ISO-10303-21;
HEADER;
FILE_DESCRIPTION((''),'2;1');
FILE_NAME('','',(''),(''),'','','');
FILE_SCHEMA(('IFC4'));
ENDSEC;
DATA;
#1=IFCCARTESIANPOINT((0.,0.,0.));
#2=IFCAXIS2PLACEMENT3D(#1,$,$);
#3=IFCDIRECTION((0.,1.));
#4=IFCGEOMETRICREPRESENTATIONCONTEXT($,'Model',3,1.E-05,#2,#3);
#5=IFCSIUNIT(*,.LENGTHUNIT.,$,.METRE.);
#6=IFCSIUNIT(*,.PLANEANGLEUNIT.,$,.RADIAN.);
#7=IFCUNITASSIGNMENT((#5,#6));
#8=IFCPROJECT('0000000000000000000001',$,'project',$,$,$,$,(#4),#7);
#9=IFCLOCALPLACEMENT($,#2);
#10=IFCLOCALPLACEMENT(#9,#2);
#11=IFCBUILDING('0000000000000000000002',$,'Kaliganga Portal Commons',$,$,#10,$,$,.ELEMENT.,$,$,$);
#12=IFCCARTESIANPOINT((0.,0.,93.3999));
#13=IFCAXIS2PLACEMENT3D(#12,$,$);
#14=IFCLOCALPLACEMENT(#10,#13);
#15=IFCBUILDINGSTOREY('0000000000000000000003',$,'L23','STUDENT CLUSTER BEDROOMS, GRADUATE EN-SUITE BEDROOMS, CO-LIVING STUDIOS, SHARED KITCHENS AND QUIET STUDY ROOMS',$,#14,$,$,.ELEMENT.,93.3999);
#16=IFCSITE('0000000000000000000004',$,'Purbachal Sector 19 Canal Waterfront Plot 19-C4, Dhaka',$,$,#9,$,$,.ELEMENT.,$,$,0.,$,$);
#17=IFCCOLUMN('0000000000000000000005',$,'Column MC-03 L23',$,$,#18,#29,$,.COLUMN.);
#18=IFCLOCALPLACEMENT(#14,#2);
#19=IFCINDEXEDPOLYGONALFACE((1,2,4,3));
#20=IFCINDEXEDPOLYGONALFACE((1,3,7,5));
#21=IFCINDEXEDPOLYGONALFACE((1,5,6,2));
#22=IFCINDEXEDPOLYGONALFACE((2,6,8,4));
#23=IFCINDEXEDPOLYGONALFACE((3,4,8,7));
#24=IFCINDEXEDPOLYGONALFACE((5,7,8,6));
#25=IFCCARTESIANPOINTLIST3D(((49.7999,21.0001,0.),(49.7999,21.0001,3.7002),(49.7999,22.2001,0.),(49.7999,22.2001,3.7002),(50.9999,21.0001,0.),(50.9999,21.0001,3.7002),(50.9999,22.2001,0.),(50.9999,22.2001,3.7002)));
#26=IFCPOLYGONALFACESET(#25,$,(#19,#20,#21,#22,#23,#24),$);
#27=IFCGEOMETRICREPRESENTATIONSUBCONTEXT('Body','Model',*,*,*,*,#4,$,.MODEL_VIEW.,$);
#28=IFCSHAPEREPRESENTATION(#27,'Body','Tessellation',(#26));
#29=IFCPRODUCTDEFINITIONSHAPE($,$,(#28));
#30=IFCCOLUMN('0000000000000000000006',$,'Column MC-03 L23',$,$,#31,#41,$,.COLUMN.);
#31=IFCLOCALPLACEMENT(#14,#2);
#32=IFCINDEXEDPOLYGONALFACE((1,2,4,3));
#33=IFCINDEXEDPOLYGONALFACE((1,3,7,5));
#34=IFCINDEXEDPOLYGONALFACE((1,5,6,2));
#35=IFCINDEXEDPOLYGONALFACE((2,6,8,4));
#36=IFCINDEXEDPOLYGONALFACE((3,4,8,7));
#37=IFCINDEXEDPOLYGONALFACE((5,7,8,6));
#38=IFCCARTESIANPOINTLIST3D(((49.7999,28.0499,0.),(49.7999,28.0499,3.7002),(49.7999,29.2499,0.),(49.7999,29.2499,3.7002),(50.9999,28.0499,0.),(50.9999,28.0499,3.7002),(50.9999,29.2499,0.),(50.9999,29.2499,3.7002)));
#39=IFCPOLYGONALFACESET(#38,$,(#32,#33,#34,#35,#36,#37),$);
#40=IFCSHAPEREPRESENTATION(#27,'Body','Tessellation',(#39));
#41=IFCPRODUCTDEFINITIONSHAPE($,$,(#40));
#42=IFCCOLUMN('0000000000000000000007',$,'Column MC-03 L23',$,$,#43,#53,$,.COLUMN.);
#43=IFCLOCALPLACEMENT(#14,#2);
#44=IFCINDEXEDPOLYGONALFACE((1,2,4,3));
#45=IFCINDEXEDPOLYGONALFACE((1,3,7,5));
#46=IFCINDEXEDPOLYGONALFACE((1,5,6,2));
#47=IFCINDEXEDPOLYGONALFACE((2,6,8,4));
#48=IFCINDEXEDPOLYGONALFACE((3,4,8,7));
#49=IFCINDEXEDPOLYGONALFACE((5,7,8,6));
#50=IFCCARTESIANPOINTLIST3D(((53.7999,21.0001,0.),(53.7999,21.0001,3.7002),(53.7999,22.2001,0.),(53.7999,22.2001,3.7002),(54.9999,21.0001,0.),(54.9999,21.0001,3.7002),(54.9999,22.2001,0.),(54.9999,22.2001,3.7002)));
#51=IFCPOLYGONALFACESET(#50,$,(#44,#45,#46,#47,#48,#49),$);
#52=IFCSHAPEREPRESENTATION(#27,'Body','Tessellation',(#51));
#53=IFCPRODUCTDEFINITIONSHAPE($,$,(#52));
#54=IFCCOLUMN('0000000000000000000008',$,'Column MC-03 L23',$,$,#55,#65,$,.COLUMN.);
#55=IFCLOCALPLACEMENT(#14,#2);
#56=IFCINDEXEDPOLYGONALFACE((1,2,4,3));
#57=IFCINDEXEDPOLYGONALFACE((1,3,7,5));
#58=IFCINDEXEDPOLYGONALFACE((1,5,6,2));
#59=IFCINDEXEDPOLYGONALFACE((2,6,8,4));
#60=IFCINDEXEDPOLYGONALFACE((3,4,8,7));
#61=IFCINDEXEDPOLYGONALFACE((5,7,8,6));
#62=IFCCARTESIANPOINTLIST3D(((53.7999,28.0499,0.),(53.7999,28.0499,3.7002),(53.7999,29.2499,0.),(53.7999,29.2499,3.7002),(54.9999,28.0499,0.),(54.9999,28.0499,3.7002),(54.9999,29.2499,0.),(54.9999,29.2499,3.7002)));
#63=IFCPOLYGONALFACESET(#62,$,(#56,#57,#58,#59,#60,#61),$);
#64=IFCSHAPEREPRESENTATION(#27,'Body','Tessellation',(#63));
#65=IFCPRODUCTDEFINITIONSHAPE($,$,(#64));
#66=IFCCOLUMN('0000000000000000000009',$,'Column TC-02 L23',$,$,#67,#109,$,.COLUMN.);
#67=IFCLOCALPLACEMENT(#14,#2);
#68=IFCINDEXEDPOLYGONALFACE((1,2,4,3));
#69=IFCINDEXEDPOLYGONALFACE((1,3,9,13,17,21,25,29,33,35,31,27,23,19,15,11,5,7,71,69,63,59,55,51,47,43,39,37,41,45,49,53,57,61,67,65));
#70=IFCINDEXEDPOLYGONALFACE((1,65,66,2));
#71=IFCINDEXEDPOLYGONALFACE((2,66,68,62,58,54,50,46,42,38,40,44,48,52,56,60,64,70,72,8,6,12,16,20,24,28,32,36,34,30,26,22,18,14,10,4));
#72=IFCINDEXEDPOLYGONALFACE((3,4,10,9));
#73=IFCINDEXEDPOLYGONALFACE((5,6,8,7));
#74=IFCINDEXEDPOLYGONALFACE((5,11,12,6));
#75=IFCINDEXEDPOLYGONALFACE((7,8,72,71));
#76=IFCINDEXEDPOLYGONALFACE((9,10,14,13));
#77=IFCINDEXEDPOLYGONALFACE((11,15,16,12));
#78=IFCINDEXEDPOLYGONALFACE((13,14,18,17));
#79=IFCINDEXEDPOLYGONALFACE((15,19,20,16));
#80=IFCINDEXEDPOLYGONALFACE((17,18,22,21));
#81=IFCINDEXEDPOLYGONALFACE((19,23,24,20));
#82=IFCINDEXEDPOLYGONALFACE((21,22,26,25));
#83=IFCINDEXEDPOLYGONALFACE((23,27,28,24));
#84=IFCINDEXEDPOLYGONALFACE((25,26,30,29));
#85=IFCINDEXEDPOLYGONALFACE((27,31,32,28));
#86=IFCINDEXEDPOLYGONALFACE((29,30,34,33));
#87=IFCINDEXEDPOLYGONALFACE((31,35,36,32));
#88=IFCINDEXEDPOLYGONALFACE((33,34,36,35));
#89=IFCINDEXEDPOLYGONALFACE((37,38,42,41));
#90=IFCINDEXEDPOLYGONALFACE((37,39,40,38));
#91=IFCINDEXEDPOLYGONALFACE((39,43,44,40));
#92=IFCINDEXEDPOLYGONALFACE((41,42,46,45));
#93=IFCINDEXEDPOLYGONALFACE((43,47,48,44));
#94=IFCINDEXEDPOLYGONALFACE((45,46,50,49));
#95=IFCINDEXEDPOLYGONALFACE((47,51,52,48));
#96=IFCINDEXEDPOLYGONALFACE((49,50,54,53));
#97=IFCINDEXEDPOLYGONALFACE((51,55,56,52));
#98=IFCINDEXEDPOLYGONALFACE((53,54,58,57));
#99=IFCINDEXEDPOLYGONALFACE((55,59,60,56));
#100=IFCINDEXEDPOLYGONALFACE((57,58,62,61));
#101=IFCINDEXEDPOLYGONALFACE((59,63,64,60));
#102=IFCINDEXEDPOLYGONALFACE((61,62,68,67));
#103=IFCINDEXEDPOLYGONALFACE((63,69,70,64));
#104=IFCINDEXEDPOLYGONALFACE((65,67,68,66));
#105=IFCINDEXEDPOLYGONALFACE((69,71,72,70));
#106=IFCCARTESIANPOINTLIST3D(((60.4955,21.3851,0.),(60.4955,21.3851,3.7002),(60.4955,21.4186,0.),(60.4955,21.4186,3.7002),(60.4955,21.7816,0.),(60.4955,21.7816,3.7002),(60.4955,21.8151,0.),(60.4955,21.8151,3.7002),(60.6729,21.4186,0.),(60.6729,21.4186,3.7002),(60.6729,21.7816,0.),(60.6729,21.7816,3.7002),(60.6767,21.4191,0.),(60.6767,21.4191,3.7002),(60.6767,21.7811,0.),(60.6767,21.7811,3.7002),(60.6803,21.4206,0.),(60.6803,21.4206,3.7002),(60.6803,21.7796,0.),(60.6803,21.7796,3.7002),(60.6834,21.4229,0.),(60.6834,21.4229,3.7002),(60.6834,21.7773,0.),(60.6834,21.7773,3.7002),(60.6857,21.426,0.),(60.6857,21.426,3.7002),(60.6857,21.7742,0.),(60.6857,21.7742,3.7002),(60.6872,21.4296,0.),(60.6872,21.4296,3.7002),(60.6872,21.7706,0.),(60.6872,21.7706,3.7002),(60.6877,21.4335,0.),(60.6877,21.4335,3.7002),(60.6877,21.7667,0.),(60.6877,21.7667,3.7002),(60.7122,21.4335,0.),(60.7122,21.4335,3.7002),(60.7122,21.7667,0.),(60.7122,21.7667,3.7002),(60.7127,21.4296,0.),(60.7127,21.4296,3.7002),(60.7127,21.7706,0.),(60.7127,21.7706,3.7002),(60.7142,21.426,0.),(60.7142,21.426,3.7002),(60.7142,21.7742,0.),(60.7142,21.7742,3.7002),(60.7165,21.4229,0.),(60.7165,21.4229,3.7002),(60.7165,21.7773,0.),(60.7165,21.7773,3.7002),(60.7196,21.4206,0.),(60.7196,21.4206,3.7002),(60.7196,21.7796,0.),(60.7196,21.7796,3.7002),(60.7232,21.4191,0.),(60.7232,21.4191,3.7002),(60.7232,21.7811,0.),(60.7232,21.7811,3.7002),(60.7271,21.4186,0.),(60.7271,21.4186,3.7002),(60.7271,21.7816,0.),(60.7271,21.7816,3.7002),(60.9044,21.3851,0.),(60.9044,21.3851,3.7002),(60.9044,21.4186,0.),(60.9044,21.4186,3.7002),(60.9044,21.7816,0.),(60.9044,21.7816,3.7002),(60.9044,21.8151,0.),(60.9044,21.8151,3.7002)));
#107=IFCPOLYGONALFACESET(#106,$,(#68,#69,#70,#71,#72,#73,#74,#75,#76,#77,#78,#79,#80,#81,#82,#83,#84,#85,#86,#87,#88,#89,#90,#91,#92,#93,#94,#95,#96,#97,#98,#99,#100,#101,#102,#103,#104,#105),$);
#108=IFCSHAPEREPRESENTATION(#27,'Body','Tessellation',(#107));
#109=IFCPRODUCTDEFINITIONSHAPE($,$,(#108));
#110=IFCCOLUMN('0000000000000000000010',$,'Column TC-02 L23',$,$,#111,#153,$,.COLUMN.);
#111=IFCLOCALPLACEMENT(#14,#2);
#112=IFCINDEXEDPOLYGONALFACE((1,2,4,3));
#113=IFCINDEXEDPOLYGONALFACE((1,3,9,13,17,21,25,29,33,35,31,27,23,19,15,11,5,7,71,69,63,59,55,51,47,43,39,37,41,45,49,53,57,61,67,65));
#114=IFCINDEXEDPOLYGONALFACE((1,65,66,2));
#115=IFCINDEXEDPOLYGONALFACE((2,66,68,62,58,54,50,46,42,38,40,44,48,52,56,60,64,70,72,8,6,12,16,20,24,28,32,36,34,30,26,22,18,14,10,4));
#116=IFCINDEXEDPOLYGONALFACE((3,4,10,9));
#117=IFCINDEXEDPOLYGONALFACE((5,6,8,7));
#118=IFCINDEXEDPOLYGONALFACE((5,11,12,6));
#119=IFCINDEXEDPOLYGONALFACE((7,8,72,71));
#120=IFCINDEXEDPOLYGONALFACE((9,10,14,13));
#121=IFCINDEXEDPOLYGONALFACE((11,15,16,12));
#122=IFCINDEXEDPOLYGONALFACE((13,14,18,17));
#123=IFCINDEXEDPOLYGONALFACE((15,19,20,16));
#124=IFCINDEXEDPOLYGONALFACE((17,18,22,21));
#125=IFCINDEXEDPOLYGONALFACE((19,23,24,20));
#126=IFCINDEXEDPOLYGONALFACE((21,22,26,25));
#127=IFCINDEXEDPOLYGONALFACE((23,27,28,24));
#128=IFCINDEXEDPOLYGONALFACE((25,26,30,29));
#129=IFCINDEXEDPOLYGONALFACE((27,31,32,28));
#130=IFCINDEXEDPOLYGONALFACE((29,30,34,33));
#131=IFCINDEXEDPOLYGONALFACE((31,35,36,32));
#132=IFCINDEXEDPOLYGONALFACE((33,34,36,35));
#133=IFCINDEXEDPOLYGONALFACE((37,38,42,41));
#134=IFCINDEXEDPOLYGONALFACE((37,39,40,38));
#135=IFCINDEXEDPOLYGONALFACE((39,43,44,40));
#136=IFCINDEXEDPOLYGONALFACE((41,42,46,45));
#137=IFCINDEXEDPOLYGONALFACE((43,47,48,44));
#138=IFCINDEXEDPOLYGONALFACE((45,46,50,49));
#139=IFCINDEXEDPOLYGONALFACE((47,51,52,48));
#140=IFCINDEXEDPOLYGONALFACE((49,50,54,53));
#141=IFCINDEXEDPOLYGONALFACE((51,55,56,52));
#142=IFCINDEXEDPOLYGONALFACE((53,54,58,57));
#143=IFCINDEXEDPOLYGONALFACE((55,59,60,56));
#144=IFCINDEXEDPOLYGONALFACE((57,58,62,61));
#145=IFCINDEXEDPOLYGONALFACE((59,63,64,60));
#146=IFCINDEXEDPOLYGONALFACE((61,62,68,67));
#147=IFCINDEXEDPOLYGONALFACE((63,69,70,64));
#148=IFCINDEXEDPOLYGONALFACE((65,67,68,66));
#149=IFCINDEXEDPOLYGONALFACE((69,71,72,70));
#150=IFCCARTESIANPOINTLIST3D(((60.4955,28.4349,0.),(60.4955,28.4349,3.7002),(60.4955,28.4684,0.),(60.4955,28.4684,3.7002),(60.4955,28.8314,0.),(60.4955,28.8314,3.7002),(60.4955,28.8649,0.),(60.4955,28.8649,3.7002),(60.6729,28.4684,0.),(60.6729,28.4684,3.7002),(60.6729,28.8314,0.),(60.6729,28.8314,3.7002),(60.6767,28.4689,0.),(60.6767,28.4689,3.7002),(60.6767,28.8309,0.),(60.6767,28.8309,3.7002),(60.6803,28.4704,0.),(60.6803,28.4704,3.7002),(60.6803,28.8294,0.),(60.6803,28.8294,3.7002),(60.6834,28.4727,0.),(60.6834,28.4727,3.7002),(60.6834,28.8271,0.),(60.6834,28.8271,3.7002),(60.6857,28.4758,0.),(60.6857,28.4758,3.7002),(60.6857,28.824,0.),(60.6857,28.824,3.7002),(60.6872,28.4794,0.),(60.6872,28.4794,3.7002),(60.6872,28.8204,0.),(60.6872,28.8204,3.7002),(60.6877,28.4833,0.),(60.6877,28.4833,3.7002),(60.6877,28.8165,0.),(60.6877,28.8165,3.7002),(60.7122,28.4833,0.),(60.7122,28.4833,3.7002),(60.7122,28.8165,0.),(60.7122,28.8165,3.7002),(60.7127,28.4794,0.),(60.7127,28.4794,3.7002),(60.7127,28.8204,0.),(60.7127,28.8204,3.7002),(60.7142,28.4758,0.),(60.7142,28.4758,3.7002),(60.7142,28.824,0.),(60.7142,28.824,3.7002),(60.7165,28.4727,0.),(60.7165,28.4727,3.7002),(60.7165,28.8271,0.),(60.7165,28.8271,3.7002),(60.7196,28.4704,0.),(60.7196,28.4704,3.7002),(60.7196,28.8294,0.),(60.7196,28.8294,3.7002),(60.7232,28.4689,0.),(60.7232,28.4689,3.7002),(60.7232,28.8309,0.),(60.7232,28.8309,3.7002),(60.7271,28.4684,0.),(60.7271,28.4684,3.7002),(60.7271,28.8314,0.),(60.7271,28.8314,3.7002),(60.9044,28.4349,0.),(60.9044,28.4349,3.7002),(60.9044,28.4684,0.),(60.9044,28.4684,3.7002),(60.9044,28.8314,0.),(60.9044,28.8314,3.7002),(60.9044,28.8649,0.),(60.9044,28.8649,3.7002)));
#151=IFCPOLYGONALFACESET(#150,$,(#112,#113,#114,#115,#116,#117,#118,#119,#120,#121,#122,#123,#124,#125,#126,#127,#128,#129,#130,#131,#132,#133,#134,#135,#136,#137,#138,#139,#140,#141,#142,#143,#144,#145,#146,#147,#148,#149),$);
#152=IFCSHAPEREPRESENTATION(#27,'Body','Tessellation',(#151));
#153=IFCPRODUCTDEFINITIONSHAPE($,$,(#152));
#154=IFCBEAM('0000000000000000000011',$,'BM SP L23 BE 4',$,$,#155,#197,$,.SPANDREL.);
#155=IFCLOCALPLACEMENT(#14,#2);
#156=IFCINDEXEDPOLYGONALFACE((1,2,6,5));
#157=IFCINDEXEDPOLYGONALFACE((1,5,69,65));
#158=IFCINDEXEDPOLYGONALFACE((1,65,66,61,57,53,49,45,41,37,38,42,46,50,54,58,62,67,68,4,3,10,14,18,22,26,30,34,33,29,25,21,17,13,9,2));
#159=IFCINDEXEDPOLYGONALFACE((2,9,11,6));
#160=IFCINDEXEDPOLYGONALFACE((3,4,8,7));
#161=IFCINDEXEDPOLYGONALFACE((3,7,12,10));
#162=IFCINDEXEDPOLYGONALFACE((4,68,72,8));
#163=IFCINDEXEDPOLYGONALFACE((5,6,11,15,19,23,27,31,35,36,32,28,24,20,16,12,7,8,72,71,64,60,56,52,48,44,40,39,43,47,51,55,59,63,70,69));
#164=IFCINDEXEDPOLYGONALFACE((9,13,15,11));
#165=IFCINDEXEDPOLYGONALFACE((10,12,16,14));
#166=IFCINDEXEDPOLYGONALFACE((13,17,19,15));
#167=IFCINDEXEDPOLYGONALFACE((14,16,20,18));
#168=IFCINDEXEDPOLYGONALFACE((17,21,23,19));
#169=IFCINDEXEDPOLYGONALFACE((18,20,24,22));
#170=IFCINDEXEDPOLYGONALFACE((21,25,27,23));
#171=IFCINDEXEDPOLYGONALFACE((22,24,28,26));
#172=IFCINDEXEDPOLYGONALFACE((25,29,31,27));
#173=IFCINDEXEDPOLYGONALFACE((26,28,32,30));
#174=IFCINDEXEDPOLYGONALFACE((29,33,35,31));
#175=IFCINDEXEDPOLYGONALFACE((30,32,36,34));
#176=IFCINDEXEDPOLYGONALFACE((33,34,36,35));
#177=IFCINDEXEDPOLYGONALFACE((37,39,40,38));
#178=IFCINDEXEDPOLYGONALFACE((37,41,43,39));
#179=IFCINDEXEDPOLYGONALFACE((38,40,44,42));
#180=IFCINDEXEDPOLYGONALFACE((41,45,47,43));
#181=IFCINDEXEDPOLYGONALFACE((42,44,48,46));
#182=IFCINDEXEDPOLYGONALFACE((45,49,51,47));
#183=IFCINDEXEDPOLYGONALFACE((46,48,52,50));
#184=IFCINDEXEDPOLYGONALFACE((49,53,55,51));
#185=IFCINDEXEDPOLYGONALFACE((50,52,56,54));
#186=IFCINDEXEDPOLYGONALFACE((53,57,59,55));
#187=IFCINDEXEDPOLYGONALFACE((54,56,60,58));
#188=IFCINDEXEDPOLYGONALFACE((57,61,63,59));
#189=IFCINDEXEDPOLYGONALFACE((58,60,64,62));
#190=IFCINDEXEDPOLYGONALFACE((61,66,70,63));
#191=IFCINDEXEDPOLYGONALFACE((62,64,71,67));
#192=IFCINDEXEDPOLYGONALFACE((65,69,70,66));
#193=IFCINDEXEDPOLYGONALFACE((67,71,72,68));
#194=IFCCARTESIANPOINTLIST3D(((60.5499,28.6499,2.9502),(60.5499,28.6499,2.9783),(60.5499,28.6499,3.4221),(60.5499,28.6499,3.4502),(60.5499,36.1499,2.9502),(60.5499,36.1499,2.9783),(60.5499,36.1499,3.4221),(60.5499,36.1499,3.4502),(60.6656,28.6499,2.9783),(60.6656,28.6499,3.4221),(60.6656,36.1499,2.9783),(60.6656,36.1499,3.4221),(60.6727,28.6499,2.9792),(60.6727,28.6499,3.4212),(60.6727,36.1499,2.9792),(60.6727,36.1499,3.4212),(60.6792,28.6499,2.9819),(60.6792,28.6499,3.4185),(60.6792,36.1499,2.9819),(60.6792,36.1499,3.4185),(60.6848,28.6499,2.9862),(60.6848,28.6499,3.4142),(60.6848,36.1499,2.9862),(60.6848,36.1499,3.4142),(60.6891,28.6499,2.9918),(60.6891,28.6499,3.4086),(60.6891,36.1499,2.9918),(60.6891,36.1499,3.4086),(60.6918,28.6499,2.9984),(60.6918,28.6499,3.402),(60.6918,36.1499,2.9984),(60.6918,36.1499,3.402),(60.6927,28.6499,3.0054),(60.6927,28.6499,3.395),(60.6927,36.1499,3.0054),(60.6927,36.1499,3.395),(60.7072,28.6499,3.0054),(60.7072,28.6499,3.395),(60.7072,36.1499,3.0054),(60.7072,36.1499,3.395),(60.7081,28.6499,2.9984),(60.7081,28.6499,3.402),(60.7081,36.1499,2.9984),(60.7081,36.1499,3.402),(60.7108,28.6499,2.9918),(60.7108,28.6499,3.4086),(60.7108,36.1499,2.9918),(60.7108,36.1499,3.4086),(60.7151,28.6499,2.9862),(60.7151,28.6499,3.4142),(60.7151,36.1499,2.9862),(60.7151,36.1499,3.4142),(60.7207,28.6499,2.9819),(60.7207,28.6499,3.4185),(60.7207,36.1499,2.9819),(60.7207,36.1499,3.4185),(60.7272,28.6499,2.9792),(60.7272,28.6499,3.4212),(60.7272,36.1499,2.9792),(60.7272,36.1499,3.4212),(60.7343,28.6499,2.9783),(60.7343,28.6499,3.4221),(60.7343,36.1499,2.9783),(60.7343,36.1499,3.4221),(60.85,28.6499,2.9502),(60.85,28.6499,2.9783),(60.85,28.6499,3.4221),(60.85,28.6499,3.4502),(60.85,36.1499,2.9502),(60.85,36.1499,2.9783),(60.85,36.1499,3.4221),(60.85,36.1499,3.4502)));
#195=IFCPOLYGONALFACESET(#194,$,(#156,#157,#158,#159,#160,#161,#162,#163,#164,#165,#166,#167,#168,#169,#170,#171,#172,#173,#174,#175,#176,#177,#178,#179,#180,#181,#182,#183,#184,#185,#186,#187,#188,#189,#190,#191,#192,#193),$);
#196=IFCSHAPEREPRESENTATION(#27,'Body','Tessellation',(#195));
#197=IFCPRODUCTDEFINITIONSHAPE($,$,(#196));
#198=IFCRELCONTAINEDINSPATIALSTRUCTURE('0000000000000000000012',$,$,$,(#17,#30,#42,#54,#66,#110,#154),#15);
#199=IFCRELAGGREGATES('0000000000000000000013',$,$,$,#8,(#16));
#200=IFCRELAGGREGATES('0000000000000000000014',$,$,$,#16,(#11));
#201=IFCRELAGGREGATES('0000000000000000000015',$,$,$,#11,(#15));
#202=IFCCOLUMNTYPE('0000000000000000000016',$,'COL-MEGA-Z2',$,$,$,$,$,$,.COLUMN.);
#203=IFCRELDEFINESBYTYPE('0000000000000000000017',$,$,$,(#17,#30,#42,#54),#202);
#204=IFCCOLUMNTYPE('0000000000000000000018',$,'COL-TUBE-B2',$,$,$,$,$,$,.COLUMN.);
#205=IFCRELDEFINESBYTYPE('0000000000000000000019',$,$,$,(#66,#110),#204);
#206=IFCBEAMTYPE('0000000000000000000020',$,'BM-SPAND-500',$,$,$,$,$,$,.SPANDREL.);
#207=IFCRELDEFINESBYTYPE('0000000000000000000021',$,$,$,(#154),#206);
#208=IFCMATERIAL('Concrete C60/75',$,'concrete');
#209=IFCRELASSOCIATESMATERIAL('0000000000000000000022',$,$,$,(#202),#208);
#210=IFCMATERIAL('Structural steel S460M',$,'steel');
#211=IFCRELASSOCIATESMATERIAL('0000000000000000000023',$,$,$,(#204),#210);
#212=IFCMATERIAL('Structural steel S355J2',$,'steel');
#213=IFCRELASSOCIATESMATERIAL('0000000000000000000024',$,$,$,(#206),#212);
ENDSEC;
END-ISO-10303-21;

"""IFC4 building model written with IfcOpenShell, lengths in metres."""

from ifc_helpers import new_model, si_unit, direction, frame, origin, origin_2d, place, context, subcontext, project, spatial, rectangle, i_section, extrude, source, transform, mapped, material, material_profile, profile_set, type_object, element, save


model = new_model("IFC4")

# Units and contexts
model_context = context("Model", 3, precision=1e-05, world=origin(), true_north=direction((0.0, 1.0)))
body_context = subcontext(model_context, "Body", "Model", "MODEL_VIEW")
ifc_project = project(units=[si_unit("LENGTHUNIT", "METRE"), si_unit("PLANEANGLEUNIT", "RADIAN")], contexts=[model_context])

# Site, building, storey
site_placement = place(None, origin())
site = spatial("IfcSite", under=ifc_project, at=site_placement, Name="Purbachal Sector 19 Canal Waterfront Plot 19-C4, Dhaka", CompositionType="ELEMENT", RefElevation=0.0)
building_placement = place(site_placement, origin())
building = spatial("IfcBuilding", under=site, at=building_placement, Name="Kaliganga Portal Commons", CompositionType="ELEMENT")
storey_placement = place(building_placement, frame((0.0, 0.0, 93.3999)))
storey = spatial("IfcBuildingStorey", under=building, at=storey_placement, Name="L23", Description="STUDENT CLUSTER BEDROOMS, GRADUATE EN-SUITE BEDROOMS, CO-LIVING STUDIOS, SHARED KITCHENS AND QUIET STUDY ROOMS", CompositionType="ELEMENT", Elevation=93.3999)

# Columns
ifc_material_1 = material(Name="Concrete C60/75", Category="concrete")
ifc_material_profile_1 = material_profile(ifc_material_1, rectangle(XDim=1.2, YDim=1.2, at=origin_2d()), Name="RC 1200x1200")
ifc_profile_set_1 = profile_set([ifc_material_profile_1], Name="Concrete C60/75")
column_type_1 = type_object("IfcColumnType", Name="COL-MEGA-Z2", PredefinedType="COLUMN", material=ifc_profile_set_1)
shared_shape_1 = source(origin(), body_context, "Body", "SweptSolid", [
    extrude(rectangle(XDim=1.2, YDim=1.2, at=origin_2d()), origin(), (0.0, 0.0, 1.0), 3.7002),
])
for number, where, z_axis, x_axis, name in (
    (1, (50.3999, 21.6001, 0.0), (0.0, 0.0, 1.0), (1.0, 0.0, 0.0), "Column MC-03 L23"),
    (2, (50.3999, 28.6499, 0.0), (0.0, 0.0, 1.0), (1.0, 0.0, 0.0), "Column MC-03 L23"),
    (3, (54.3999, 21.6001, 0.0), (0.0, 0.0, 1.0), (1.0, 0.0, 0.0), "Column MC-03 L23"),
    (4, (54.3999, 28.6499, 0.0), (0.0, 0.0, 1.0), (1.0, 0.0, 0.0), "Column MC-03 L23"),
):
    element("IfcColumn", number, at=place(storey_placement, frame(where, z_axis=z_axis, x_axis=x_axis)), inside=storey, type_object=column_type_1, Name=name, PredefinedType="COLUMN", context=body_context, shape_type="MappedRepresentation", body=[
        mapped(shared_shape_1, transform((0.0, 0.0, 0.0), x_axis=(1.0, 0.0, 0.0), y_axis=(0.0, 1.0, 0.0), z_axis=(0.0, 0.0, 1.0), scale=1.0)),
    ])
ifc_material_2 = material(Name="Structural steel S460M", Category="steel")
ifc_material_profile_2 = material_profile(ifc_material_2, i_section(OverallWidth=0.4089, OverallDepth=0.4299, WebThickness=0.0244, FlangeThickness=0.0334, FilletRadius=0.0149, at=origin_2d()), Name="HD 400x421")
ifc_profile_set_2 = profile_set([ifc_material_profile_2], Name="Structural steel S460M wide-flange")
column_type_2 = type_object("IfcColumnType", Name="COL-TUBE-B2", PredefinedType="COLUMN", material=ifc_profile_set_2)
shared_shape_2 = source(origin(), body_context, "Body", "SweptSolid", [
    extrude(i_section(OverallWidth=0.4089, OverallDepth=0.4299, WebThickness=0.0244, FlangeThickness=0.0334, FilletRadius=0.0149, at=origin_2d()), origin(), (0.0, 0.0, 1.0), 3.7002),
])
for number, where, z_axis, x_axis, name in (
    (5, (60.7, 21.6001, 0.0), (0.0, 0.0, 1.0), (1.0, 0.0, 0.0), "Column TC-02 L23"),
    (6, (60.7, 28.6499, 0.0), (0.0, 0.0, 1.0), (1.0, 0.0, 0.0), "Column TC-02 L23"),
):
    element("IfcColumn", number, at=place(storey_placement, frame(where, z_axis=z_axis, x_axis=x_axis)), inside=storey, type_object=column_type_2, Name=name, PredefinedType="COLUMN", context=body_context, shape_type="MappedRepresentation", body=[
        mapped(shared_shape_2, transform((0.0, 0.0, 0.0), x_axis=(1.0, 0.0, 0.0), y_axis=(0.0, 1.0, 0.0), z_axis=(0.0, 0.0, 1.0), scale=1.0)),
    ])

# Beam
ifc_material_3 = material(Name="Structural steel S355J2", Category="steel")
ifc_material_profile_3 = material_profile(ifc_material_3, i_section(OverallWidth=0.3, OverallDepth=0.5, WebThickness=0.0144, FlangeThickness=0.0281, FilletRadius=0.0271, at=origin_2d()), Name="HE 500 B")
ifc_profile_set_3 = profile_set([ifc_material_profile_3], Name="Structural steel S355J2 wide-flange")
beam_type_1 = type_object("IfcBeamType", Name="BM-SPAND-500", PredefinedType="SPANDREL", material=ifc_profile_set_3)
shared_shape_3 = source(origin(), body_context, "Body", "SweptSolid", [
    extrude(i_section(OverallWidth=0.3, OverallDepth=0.5, WebThickness=0.0144, FlangeThickness=0.0281, FilletRadius=0.0271, at=origin_2d()), origin(), (0.0, 0.0, 1.0), 7.5),
])
beam_1_placement = place(storey_placement, frame((60.7, 28.6499, 3.2002), z_axis=(0.0, 1.0, 0.0), x_axis=(-1.0, 0.0, 0.0)))
element("IfcBeam", 7, at=beam_1_placement, inside=storey, type_object=beam_type_1, Name="BM SP L23 BE 4", PredefinedType="SPANDREL", context=body_context, shape_type="MappedRepresentation", body=[
    mapped(shared_shape_3, transform((0.0, 0.0, 0.0), x_axis=(1.0, 0.0, 0.0), y_axis=(0.0, 1.0, 0.0), z_axis=(0.0, 0.0, 1.0), scale=1.0)),
])

save(model, "model.ifc")
